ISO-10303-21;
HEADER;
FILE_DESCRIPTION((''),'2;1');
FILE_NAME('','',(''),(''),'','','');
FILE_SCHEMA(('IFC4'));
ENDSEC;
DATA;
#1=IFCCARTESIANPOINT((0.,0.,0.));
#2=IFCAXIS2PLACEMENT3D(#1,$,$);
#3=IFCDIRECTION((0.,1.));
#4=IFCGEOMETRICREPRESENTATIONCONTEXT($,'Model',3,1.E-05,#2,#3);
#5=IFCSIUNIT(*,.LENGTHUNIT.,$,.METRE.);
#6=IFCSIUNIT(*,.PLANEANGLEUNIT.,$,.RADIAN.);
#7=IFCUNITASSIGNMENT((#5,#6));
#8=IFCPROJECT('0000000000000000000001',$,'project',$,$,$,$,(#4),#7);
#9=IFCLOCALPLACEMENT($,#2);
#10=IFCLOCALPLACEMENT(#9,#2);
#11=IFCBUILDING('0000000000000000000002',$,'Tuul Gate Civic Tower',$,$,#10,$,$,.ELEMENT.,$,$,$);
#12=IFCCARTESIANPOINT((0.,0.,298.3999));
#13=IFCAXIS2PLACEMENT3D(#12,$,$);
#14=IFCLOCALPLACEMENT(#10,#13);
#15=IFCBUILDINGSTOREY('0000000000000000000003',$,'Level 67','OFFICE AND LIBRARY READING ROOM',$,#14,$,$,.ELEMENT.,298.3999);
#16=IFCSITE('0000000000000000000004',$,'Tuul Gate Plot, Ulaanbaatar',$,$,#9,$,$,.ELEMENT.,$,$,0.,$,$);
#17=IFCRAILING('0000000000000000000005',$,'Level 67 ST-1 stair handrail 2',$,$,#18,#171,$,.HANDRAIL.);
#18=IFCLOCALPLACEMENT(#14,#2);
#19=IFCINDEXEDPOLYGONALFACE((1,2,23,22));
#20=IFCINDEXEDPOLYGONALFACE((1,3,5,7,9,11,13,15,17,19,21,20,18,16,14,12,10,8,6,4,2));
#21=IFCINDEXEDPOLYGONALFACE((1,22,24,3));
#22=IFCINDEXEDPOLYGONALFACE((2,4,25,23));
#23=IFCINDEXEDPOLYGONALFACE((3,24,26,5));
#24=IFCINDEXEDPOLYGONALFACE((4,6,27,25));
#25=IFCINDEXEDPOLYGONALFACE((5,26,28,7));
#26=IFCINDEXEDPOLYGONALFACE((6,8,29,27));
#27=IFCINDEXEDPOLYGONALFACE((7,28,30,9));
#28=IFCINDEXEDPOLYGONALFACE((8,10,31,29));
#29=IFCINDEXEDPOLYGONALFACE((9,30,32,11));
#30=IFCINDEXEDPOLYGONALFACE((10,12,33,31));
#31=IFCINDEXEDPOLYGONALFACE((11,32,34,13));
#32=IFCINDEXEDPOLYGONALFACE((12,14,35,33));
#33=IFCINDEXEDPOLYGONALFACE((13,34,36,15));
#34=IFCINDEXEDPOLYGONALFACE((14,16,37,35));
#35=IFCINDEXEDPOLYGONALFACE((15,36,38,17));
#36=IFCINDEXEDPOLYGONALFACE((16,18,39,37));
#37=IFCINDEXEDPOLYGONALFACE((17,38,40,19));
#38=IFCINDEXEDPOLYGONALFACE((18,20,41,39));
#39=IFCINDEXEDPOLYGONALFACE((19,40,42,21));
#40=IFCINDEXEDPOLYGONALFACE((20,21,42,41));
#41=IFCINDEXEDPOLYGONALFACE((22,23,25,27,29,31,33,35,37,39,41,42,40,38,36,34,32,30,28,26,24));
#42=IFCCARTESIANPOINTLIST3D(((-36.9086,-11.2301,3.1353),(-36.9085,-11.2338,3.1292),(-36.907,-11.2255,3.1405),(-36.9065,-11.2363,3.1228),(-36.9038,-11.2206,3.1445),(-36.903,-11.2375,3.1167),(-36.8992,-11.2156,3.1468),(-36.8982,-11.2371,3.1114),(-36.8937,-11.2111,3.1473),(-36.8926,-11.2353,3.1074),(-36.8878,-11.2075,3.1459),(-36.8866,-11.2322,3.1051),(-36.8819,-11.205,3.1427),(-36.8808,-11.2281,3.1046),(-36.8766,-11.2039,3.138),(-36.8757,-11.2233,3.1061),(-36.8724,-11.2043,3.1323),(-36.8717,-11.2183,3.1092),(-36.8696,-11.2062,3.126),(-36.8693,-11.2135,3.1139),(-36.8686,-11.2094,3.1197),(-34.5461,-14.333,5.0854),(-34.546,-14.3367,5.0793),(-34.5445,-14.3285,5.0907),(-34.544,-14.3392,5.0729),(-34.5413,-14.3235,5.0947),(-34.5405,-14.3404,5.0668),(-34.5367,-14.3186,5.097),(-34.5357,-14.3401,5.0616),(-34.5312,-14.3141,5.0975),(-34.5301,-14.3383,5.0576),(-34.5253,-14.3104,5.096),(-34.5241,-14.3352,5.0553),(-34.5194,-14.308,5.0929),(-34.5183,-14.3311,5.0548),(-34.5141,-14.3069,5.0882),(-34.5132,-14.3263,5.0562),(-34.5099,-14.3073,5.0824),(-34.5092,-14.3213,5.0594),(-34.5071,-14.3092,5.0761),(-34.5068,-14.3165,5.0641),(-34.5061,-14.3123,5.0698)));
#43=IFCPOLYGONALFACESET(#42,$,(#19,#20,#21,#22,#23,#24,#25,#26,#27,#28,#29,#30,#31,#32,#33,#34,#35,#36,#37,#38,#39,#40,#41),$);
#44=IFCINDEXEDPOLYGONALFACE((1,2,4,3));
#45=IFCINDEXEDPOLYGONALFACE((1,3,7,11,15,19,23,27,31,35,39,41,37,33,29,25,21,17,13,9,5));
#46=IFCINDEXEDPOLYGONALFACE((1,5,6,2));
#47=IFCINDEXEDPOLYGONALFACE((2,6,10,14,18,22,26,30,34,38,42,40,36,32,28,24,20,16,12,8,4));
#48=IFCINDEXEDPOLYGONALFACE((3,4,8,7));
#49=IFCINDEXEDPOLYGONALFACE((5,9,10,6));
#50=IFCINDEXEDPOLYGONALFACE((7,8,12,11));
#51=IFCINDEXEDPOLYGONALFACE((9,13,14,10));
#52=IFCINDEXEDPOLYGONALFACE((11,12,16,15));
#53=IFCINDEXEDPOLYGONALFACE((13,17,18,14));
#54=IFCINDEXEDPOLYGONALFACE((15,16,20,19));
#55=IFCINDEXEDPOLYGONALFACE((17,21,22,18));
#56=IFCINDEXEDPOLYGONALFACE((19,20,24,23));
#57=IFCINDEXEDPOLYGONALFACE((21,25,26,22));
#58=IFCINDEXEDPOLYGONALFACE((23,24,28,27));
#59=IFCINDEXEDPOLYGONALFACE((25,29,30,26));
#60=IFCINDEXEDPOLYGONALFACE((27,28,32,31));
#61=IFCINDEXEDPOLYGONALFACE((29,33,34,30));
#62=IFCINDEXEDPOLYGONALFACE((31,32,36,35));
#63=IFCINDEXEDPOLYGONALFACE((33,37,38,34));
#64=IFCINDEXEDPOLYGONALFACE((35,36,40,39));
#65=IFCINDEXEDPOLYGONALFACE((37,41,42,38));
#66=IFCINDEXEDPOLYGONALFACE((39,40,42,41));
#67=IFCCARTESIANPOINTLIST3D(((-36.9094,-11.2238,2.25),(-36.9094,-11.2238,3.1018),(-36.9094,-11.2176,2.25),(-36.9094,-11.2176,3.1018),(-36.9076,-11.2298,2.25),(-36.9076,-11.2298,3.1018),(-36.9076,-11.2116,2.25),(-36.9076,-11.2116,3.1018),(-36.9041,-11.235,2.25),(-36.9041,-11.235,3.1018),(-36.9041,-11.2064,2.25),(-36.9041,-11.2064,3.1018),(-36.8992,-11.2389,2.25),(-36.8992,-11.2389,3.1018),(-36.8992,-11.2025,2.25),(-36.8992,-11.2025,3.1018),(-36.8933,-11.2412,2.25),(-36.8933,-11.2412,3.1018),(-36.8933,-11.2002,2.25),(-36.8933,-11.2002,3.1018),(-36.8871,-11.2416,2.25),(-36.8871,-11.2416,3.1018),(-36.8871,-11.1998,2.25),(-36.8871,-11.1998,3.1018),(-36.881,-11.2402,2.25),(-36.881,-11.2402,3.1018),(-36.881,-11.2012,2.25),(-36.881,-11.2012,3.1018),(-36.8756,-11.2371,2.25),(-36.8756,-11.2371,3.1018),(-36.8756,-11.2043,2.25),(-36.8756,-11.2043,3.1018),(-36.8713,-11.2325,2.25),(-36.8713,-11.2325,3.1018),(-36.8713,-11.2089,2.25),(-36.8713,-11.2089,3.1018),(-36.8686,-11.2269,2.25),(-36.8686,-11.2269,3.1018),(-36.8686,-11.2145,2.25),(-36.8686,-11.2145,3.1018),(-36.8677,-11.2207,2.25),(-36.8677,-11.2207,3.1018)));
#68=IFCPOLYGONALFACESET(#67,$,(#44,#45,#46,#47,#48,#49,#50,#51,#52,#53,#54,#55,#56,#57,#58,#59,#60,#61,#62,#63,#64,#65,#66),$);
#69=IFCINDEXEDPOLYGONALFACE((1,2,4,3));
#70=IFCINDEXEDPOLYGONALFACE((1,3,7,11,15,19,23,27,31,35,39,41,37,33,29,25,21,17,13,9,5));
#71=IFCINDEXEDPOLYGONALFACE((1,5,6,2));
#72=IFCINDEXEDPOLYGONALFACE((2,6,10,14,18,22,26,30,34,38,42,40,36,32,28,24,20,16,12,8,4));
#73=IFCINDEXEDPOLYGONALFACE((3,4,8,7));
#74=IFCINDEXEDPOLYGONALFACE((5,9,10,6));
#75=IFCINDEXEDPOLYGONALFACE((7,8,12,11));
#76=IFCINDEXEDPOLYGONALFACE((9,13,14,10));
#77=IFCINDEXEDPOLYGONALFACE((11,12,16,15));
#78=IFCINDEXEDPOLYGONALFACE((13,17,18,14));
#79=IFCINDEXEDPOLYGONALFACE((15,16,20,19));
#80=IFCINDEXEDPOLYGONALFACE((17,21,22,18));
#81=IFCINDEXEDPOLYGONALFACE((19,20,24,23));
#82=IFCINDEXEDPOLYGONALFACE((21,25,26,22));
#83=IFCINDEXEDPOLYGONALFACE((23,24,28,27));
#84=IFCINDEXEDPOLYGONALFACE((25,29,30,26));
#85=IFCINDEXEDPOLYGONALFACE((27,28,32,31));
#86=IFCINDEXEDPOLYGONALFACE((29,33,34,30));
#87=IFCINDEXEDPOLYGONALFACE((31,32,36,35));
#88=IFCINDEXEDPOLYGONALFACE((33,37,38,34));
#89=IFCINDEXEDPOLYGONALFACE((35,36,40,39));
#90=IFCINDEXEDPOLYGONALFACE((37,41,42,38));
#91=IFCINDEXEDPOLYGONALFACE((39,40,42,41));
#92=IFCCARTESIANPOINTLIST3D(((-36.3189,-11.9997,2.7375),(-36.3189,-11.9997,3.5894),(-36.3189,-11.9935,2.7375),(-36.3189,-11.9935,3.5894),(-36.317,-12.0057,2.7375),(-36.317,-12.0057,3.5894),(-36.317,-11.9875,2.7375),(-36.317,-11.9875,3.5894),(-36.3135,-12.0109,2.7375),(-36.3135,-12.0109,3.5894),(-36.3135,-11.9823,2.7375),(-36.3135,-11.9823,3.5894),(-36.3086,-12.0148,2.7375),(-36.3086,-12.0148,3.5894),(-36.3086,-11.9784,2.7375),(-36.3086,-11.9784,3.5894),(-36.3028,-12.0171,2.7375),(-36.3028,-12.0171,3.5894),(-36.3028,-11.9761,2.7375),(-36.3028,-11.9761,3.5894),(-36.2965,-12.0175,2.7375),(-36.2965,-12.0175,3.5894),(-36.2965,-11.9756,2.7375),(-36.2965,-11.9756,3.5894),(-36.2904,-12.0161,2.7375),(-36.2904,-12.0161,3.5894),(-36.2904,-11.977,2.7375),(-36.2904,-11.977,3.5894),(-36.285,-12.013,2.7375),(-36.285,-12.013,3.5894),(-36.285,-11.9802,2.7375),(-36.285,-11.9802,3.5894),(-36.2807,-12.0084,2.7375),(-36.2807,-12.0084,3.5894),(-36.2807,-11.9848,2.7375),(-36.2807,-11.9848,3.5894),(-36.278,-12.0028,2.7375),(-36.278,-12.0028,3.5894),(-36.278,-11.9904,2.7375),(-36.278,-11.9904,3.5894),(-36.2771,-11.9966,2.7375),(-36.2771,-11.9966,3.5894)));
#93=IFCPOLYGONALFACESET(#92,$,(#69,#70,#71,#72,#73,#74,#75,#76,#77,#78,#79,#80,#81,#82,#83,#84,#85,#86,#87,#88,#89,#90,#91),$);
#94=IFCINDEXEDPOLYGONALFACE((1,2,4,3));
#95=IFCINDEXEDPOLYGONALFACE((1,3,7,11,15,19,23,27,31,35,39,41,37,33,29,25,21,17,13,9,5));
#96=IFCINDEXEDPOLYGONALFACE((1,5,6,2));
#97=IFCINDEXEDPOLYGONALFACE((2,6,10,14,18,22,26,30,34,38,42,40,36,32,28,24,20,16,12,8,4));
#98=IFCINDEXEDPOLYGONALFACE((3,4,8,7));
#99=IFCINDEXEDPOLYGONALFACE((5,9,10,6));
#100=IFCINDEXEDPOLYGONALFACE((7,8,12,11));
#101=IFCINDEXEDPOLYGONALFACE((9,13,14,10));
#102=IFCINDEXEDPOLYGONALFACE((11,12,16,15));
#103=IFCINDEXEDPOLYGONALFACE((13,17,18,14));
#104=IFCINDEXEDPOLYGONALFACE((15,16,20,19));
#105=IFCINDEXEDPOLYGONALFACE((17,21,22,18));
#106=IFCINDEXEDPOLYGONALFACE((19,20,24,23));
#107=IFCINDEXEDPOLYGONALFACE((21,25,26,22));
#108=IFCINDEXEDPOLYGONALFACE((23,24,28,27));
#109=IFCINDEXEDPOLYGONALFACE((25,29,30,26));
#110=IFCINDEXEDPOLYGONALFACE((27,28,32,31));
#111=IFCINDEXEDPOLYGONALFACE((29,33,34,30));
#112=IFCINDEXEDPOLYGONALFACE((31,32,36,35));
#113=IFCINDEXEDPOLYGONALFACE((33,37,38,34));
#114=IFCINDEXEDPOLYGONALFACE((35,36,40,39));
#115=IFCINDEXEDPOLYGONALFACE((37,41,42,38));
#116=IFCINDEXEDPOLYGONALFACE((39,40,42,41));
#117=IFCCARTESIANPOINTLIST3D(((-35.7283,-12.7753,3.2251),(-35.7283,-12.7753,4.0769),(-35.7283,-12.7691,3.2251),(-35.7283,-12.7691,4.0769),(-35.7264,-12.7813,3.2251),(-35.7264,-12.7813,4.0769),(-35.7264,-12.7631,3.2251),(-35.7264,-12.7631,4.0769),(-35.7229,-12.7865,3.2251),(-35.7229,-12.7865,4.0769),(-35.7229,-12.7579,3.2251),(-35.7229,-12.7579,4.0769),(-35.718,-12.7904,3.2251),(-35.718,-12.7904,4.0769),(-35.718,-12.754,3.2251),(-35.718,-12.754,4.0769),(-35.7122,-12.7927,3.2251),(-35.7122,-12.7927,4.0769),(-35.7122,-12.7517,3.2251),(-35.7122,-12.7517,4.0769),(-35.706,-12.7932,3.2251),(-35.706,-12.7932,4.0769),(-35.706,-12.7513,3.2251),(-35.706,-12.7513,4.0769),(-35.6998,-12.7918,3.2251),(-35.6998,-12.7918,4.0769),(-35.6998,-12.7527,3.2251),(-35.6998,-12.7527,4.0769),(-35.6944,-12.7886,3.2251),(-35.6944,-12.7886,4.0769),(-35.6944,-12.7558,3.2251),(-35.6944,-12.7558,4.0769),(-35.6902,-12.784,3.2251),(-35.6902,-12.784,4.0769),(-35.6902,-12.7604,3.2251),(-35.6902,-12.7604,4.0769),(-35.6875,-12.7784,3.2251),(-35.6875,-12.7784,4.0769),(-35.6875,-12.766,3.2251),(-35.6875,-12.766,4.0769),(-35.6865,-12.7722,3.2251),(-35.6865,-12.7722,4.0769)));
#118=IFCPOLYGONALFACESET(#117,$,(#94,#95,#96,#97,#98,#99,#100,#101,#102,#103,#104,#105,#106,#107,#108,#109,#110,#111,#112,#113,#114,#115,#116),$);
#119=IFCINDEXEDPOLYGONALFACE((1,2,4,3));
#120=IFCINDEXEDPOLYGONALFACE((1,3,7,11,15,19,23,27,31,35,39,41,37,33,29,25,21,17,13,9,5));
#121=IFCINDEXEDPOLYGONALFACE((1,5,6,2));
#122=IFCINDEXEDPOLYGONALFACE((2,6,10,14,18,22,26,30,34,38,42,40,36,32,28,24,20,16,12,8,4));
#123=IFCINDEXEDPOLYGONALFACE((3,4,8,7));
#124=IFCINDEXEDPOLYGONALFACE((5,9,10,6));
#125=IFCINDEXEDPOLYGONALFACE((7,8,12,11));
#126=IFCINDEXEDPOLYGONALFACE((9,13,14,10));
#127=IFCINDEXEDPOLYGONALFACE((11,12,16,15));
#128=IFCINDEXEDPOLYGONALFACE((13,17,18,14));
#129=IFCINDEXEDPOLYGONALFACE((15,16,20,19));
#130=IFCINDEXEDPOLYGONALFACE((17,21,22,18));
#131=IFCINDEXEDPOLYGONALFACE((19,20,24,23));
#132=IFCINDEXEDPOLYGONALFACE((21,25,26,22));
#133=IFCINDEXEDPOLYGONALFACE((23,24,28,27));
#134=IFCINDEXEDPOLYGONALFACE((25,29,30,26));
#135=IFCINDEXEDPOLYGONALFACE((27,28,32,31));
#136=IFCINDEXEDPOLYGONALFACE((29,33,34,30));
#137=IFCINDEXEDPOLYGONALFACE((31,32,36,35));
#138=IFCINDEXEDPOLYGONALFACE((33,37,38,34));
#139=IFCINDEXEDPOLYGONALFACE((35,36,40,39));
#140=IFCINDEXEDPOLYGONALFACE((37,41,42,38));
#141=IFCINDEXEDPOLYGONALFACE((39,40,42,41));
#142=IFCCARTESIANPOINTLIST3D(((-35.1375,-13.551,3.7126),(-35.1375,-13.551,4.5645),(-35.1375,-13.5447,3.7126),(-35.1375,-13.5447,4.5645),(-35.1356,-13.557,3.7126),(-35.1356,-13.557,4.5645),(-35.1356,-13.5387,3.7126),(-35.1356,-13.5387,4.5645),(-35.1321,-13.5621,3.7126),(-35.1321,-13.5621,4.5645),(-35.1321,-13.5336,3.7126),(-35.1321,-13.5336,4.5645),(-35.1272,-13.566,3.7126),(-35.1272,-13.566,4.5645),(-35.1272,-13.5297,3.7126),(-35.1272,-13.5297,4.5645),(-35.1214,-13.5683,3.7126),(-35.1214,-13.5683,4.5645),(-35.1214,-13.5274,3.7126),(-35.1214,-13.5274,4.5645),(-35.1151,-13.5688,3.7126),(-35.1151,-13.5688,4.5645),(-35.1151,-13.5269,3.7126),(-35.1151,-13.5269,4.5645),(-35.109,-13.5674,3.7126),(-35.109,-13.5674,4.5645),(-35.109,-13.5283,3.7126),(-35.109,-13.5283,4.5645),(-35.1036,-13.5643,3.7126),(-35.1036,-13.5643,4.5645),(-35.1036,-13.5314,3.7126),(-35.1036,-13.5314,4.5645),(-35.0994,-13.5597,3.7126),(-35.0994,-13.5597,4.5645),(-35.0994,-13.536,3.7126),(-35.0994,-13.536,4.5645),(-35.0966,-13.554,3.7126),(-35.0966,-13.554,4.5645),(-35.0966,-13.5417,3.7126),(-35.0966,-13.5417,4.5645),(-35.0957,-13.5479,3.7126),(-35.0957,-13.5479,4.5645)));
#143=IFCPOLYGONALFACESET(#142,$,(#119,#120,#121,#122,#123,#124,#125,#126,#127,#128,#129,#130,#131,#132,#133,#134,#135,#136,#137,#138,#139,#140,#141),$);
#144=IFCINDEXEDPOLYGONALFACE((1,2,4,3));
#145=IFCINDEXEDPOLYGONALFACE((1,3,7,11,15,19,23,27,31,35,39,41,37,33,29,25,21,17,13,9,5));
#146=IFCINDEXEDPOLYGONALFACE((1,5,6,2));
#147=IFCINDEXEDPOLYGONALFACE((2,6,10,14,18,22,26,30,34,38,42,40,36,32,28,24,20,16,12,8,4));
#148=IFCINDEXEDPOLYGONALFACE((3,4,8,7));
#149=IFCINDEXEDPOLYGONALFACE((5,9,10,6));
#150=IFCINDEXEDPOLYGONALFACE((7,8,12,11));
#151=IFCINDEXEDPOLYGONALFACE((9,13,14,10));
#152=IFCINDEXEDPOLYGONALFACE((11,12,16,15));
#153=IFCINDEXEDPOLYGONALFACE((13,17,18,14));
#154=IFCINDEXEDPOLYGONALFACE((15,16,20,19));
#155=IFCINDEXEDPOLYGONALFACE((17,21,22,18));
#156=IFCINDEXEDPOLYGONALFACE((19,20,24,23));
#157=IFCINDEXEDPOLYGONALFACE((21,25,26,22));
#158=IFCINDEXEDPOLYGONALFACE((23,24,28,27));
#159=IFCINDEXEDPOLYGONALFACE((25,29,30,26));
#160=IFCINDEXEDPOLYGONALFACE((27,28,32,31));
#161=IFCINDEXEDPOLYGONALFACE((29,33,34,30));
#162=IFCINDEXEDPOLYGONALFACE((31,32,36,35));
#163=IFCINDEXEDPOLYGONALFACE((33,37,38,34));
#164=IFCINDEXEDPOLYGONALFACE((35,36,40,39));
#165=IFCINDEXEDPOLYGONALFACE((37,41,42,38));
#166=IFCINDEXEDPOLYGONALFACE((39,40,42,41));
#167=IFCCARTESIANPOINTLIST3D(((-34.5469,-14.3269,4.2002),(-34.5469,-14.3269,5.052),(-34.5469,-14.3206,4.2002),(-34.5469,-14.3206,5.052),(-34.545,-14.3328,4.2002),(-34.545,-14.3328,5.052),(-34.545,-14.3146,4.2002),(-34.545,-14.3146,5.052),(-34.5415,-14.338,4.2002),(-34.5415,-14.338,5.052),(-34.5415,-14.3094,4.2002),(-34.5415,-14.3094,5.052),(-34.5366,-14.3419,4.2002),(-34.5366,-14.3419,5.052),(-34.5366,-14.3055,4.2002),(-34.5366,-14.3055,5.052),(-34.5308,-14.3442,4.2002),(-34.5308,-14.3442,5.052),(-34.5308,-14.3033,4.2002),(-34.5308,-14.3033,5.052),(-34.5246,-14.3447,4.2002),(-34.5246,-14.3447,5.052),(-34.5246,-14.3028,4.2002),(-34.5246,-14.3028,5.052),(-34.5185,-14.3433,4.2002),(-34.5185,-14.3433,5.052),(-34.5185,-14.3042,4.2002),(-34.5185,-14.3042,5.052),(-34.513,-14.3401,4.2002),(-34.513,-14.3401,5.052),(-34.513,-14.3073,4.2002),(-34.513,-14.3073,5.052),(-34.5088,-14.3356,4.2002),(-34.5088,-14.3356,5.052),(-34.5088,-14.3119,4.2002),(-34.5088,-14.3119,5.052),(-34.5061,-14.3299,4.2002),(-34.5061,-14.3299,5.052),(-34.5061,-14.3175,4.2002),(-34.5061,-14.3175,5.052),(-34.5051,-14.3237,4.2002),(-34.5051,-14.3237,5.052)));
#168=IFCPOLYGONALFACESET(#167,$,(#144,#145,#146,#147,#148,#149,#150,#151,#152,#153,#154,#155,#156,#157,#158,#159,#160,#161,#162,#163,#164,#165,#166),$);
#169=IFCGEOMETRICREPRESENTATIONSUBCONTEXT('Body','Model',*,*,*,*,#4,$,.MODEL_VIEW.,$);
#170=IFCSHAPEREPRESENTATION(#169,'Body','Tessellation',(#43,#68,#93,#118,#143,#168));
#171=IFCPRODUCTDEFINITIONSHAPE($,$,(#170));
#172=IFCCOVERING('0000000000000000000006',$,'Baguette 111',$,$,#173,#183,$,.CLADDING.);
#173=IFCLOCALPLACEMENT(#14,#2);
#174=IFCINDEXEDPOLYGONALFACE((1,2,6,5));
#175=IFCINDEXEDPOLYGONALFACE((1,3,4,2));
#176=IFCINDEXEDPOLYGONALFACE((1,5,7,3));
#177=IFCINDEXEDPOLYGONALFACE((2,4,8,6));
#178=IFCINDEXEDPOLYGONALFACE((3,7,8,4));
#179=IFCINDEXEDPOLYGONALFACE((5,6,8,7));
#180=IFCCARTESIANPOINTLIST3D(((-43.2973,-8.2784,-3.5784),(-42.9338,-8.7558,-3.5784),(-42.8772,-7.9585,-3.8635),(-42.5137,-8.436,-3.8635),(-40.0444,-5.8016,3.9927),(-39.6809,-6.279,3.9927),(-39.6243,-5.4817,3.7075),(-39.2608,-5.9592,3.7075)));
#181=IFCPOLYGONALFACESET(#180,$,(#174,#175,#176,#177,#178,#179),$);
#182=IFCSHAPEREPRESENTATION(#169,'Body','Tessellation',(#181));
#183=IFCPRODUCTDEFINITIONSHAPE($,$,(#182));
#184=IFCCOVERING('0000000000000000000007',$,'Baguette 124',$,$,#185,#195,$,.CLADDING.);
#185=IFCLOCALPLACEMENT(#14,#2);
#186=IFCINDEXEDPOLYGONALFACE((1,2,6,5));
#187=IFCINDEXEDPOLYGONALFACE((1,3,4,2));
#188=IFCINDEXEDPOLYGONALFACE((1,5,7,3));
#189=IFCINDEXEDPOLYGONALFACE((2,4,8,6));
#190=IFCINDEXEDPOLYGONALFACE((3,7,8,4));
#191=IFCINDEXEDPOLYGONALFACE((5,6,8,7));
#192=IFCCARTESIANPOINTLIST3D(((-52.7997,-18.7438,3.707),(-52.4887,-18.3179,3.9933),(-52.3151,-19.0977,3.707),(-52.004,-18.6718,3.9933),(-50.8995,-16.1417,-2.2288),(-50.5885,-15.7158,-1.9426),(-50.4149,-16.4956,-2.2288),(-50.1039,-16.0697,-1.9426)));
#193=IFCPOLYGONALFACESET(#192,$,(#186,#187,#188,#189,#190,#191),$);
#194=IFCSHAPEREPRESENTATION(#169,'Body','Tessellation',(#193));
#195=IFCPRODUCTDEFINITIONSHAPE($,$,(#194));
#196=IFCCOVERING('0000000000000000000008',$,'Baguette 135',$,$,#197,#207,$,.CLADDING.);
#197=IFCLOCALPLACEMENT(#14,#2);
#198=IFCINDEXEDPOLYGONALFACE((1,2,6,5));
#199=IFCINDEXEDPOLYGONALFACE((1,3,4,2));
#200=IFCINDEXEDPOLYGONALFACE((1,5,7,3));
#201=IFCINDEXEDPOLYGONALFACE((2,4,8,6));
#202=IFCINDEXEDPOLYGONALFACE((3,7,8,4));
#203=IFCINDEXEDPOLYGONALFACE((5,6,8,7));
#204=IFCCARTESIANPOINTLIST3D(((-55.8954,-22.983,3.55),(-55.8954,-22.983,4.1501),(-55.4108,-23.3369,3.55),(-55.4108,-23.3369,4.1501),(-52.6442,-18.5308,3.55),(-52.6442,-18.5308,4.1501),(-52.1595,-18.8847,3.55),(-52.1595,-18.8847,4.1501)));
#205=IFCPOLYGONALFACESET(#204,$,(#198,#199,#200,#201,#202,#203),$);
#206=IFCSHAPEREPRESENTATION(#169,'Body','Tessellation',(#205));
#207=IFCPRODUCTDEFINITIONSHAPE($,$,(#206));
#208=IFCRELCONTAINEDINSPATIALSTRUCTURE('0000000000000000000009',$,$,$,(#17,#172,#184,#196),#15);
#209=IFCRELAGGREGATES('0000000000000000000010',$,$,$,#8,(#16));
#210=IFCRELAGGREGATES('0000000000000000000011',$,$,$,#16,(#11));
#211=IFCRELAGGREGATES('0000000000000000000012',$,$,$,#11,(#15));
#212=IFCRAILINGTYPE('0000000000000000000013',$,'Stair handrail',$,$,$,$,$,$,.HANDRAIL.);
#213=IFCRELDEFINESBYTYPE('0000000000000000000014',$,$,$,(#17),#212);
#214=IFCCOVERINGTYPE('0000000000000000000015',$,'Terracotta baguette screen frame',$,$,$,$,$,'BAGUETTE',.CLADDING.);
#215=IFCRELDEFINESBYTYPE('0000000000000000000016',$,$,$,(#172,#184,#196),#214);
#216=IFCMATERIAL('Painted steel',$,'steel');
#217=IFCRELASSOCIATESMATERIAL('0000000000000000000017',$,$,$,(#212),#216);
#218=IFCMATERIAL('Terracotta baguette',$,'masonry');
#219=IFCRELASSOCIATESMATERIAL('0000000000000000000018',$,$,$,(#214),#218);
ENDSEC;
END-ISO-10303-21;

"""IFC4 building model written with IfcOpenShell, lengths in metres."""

from ifc_helpers import new_model, si_unit, direction, frame, origin, origin_2d, place, context, subcontext, project, spatial, rectangle, circle, extrude, material, material_profile, profile_set, type_object, element, save


model = new_model("IFC4")

# Units and contexts
model_context = context("Model", 3, precision=1e-05, world=origin(), true_north=direction((0.0, 1.0)))
body_context = subcontext(model_context, "Body", "Model", "MODEL_VIEW")
ifc_project = project(units=[si_unit("LENGTHUNIT", "METRE"), si_unit("PLANEANGLEUNIT", "RADIAN")], contexts=[model_context])

# Site, building, storey
site_placement = place(None, origin())
site = spatial("IfcSite", under=ifc_project, at=site_placement, Name="Tuul Gate Plot, Ulaanbaatar", CompositionType="ELEMENT", RefElevation=0.0)
building_placement = place(site_placement, origin())
building = spatial("IfcBuilding", under=site, at=building_placement, Name="Tuul Gate Civic Tower", CompositionType="ELEMENT")
storey_placement = place(building_placement, frame((0.0, 0.0, 298.3999)))
storey = spatial("IfcBuildingStorey", under=building, at=storey_placement, Name="Level 67", Description="OFFICE AND LIBRARY READING ROOM", CompositionType="ELEMENT", Elevation=298.3999)

# Railing
ifc_material_1 = material(Name="Painted steel", Category="steel")
railing_type = type_object("IfcRailingType", Name="Stair handrail", PredefinedType="HANDRAIL", material=ifc_material_1)
railing_placement = place(storey_placement, frame((-36.8887, -11.2207, 2.25)))
element("IfcRailing", 1, at=railing_placement, inside=storey, type_object=railing_type, Name="Level 67 ST-1 stair handrail 2", PredefinedType="HANDRAIL", context=body_context, shape_type="SweptSolid", body=[
    extrude(circle(Radius=0.0239, at=origin_2d()), frame((0.0, 0.0, 0.876), z_axis=(0.541811, -0.711627, 0.447245), x_axis=(0.795637, 0.605773, 0.0)), (0.0, 0.0, 1.0), 4.3604),
    extrude(circle(Radius=0.021, at=origin_2d()), origin(), (0.0, 0.0, 1.0), 0.8518),
    extrude(circle(Radius=0.021, at=origin_2d()), frame((0.5906, -0.7759, 0.4875)), (0.0, 0.0, 1.0), 0.8518),
    extrude(circle(Radius=0.021, at=origin_2d()), frame((1.1812, -1.5515, 0.9751)), (0.0, 0.0, 1.0), 0.8518),
    extrude(circle(Radius=0.021, at=origin_2d()), frame((1.772, -2.3271, 1.4626)), (0.0, 0.0, 1.0), 0.8518),
    extrude(circle(Radius=0.021, at=origin_2d()), frame((2.3625, -3.103, 1.9502)), (0.0, 0.0, 1.0), 0.8518),
])

# Coverings
ifc_material_2 = material(Name="Terracotta baguette", Category="masonry")
ifc_material_profile_1 = material_profile(ifc_material_2, rectangle(XDim=0.6001, YDim=0.6001, at=origin_2d()), Name="Terracotta baguette screen frame")
ifc_profile_set_1 = profile_set([ifc_material_profile_1], Name="Terracotta baguette")
covering_type = type_object("IfcCoveringType", Name="Terracotta baguette screen frame", ElementType="BAGUETTE", PredefinedType="CLADDING", material=ifc_profile_set_1)
covering_1_placement = place(storey_placement, frame((-39.6526, -5.8804, 3.8501), z_axis=(-0.378051, -0.287851, -0.879897), x_axis=(0.605793, -0.795622, 0.0)))
element("IfcCovering", 2, at=covering_1_placement, inside=storey, type_object=covering_type, Name="Baguette 111", PredefinedType="CLADDING", context=body_context, shape_type="SweptSolid", body=[
    extrude(rectangle(XDim=0.6001, YDim=0.6001, at=origin_2d()), origin(), (0.0, 0.0, 1.0), 8.6045),
])
covering_2_placement = place(storey_placement, frame((-50.5017, -16.1057, -2.0857), z_axis=(-0.281342, -0.385268, 0.878872), x_axis=(0.807591, -0.589743, 0.0)))
element("IfcCovering", 3, at=covering_2_placement, inside=storey, type_object=covering_type, Name="Baguette 124", PredefinedType="CLADDING", context=body_context, shape_type="SweptSolid", body=[
    extrude(rectangle(XDim=0.6001, YDim=0.6001, at=origin_2d()), origin(), (0.0, 0.0, 1.0), 6.7539),
])
covering_3_placement = place(storey_placement, frame((-52.4019, -18.7078, 3.8501), z_axis=(-0.589748, -0.807587, 0.0), x_axis=(0.807587, -0.589748, 0.0)))
element("IfcCovering", 4, at=covering_3_placement, inside=storey, type_object=covering_type, Name="Baguette 135", PredefinedType="CLADDING", context=body_context, shape_type="SweptSolid", body=[
    extrude(rectangle(XDim=0.6001, YDim=0.6001, at=origin_2d()), origin(), (0.0, 0.0, 1.0), 5.5129),
])

save(model, "model.ifc")
